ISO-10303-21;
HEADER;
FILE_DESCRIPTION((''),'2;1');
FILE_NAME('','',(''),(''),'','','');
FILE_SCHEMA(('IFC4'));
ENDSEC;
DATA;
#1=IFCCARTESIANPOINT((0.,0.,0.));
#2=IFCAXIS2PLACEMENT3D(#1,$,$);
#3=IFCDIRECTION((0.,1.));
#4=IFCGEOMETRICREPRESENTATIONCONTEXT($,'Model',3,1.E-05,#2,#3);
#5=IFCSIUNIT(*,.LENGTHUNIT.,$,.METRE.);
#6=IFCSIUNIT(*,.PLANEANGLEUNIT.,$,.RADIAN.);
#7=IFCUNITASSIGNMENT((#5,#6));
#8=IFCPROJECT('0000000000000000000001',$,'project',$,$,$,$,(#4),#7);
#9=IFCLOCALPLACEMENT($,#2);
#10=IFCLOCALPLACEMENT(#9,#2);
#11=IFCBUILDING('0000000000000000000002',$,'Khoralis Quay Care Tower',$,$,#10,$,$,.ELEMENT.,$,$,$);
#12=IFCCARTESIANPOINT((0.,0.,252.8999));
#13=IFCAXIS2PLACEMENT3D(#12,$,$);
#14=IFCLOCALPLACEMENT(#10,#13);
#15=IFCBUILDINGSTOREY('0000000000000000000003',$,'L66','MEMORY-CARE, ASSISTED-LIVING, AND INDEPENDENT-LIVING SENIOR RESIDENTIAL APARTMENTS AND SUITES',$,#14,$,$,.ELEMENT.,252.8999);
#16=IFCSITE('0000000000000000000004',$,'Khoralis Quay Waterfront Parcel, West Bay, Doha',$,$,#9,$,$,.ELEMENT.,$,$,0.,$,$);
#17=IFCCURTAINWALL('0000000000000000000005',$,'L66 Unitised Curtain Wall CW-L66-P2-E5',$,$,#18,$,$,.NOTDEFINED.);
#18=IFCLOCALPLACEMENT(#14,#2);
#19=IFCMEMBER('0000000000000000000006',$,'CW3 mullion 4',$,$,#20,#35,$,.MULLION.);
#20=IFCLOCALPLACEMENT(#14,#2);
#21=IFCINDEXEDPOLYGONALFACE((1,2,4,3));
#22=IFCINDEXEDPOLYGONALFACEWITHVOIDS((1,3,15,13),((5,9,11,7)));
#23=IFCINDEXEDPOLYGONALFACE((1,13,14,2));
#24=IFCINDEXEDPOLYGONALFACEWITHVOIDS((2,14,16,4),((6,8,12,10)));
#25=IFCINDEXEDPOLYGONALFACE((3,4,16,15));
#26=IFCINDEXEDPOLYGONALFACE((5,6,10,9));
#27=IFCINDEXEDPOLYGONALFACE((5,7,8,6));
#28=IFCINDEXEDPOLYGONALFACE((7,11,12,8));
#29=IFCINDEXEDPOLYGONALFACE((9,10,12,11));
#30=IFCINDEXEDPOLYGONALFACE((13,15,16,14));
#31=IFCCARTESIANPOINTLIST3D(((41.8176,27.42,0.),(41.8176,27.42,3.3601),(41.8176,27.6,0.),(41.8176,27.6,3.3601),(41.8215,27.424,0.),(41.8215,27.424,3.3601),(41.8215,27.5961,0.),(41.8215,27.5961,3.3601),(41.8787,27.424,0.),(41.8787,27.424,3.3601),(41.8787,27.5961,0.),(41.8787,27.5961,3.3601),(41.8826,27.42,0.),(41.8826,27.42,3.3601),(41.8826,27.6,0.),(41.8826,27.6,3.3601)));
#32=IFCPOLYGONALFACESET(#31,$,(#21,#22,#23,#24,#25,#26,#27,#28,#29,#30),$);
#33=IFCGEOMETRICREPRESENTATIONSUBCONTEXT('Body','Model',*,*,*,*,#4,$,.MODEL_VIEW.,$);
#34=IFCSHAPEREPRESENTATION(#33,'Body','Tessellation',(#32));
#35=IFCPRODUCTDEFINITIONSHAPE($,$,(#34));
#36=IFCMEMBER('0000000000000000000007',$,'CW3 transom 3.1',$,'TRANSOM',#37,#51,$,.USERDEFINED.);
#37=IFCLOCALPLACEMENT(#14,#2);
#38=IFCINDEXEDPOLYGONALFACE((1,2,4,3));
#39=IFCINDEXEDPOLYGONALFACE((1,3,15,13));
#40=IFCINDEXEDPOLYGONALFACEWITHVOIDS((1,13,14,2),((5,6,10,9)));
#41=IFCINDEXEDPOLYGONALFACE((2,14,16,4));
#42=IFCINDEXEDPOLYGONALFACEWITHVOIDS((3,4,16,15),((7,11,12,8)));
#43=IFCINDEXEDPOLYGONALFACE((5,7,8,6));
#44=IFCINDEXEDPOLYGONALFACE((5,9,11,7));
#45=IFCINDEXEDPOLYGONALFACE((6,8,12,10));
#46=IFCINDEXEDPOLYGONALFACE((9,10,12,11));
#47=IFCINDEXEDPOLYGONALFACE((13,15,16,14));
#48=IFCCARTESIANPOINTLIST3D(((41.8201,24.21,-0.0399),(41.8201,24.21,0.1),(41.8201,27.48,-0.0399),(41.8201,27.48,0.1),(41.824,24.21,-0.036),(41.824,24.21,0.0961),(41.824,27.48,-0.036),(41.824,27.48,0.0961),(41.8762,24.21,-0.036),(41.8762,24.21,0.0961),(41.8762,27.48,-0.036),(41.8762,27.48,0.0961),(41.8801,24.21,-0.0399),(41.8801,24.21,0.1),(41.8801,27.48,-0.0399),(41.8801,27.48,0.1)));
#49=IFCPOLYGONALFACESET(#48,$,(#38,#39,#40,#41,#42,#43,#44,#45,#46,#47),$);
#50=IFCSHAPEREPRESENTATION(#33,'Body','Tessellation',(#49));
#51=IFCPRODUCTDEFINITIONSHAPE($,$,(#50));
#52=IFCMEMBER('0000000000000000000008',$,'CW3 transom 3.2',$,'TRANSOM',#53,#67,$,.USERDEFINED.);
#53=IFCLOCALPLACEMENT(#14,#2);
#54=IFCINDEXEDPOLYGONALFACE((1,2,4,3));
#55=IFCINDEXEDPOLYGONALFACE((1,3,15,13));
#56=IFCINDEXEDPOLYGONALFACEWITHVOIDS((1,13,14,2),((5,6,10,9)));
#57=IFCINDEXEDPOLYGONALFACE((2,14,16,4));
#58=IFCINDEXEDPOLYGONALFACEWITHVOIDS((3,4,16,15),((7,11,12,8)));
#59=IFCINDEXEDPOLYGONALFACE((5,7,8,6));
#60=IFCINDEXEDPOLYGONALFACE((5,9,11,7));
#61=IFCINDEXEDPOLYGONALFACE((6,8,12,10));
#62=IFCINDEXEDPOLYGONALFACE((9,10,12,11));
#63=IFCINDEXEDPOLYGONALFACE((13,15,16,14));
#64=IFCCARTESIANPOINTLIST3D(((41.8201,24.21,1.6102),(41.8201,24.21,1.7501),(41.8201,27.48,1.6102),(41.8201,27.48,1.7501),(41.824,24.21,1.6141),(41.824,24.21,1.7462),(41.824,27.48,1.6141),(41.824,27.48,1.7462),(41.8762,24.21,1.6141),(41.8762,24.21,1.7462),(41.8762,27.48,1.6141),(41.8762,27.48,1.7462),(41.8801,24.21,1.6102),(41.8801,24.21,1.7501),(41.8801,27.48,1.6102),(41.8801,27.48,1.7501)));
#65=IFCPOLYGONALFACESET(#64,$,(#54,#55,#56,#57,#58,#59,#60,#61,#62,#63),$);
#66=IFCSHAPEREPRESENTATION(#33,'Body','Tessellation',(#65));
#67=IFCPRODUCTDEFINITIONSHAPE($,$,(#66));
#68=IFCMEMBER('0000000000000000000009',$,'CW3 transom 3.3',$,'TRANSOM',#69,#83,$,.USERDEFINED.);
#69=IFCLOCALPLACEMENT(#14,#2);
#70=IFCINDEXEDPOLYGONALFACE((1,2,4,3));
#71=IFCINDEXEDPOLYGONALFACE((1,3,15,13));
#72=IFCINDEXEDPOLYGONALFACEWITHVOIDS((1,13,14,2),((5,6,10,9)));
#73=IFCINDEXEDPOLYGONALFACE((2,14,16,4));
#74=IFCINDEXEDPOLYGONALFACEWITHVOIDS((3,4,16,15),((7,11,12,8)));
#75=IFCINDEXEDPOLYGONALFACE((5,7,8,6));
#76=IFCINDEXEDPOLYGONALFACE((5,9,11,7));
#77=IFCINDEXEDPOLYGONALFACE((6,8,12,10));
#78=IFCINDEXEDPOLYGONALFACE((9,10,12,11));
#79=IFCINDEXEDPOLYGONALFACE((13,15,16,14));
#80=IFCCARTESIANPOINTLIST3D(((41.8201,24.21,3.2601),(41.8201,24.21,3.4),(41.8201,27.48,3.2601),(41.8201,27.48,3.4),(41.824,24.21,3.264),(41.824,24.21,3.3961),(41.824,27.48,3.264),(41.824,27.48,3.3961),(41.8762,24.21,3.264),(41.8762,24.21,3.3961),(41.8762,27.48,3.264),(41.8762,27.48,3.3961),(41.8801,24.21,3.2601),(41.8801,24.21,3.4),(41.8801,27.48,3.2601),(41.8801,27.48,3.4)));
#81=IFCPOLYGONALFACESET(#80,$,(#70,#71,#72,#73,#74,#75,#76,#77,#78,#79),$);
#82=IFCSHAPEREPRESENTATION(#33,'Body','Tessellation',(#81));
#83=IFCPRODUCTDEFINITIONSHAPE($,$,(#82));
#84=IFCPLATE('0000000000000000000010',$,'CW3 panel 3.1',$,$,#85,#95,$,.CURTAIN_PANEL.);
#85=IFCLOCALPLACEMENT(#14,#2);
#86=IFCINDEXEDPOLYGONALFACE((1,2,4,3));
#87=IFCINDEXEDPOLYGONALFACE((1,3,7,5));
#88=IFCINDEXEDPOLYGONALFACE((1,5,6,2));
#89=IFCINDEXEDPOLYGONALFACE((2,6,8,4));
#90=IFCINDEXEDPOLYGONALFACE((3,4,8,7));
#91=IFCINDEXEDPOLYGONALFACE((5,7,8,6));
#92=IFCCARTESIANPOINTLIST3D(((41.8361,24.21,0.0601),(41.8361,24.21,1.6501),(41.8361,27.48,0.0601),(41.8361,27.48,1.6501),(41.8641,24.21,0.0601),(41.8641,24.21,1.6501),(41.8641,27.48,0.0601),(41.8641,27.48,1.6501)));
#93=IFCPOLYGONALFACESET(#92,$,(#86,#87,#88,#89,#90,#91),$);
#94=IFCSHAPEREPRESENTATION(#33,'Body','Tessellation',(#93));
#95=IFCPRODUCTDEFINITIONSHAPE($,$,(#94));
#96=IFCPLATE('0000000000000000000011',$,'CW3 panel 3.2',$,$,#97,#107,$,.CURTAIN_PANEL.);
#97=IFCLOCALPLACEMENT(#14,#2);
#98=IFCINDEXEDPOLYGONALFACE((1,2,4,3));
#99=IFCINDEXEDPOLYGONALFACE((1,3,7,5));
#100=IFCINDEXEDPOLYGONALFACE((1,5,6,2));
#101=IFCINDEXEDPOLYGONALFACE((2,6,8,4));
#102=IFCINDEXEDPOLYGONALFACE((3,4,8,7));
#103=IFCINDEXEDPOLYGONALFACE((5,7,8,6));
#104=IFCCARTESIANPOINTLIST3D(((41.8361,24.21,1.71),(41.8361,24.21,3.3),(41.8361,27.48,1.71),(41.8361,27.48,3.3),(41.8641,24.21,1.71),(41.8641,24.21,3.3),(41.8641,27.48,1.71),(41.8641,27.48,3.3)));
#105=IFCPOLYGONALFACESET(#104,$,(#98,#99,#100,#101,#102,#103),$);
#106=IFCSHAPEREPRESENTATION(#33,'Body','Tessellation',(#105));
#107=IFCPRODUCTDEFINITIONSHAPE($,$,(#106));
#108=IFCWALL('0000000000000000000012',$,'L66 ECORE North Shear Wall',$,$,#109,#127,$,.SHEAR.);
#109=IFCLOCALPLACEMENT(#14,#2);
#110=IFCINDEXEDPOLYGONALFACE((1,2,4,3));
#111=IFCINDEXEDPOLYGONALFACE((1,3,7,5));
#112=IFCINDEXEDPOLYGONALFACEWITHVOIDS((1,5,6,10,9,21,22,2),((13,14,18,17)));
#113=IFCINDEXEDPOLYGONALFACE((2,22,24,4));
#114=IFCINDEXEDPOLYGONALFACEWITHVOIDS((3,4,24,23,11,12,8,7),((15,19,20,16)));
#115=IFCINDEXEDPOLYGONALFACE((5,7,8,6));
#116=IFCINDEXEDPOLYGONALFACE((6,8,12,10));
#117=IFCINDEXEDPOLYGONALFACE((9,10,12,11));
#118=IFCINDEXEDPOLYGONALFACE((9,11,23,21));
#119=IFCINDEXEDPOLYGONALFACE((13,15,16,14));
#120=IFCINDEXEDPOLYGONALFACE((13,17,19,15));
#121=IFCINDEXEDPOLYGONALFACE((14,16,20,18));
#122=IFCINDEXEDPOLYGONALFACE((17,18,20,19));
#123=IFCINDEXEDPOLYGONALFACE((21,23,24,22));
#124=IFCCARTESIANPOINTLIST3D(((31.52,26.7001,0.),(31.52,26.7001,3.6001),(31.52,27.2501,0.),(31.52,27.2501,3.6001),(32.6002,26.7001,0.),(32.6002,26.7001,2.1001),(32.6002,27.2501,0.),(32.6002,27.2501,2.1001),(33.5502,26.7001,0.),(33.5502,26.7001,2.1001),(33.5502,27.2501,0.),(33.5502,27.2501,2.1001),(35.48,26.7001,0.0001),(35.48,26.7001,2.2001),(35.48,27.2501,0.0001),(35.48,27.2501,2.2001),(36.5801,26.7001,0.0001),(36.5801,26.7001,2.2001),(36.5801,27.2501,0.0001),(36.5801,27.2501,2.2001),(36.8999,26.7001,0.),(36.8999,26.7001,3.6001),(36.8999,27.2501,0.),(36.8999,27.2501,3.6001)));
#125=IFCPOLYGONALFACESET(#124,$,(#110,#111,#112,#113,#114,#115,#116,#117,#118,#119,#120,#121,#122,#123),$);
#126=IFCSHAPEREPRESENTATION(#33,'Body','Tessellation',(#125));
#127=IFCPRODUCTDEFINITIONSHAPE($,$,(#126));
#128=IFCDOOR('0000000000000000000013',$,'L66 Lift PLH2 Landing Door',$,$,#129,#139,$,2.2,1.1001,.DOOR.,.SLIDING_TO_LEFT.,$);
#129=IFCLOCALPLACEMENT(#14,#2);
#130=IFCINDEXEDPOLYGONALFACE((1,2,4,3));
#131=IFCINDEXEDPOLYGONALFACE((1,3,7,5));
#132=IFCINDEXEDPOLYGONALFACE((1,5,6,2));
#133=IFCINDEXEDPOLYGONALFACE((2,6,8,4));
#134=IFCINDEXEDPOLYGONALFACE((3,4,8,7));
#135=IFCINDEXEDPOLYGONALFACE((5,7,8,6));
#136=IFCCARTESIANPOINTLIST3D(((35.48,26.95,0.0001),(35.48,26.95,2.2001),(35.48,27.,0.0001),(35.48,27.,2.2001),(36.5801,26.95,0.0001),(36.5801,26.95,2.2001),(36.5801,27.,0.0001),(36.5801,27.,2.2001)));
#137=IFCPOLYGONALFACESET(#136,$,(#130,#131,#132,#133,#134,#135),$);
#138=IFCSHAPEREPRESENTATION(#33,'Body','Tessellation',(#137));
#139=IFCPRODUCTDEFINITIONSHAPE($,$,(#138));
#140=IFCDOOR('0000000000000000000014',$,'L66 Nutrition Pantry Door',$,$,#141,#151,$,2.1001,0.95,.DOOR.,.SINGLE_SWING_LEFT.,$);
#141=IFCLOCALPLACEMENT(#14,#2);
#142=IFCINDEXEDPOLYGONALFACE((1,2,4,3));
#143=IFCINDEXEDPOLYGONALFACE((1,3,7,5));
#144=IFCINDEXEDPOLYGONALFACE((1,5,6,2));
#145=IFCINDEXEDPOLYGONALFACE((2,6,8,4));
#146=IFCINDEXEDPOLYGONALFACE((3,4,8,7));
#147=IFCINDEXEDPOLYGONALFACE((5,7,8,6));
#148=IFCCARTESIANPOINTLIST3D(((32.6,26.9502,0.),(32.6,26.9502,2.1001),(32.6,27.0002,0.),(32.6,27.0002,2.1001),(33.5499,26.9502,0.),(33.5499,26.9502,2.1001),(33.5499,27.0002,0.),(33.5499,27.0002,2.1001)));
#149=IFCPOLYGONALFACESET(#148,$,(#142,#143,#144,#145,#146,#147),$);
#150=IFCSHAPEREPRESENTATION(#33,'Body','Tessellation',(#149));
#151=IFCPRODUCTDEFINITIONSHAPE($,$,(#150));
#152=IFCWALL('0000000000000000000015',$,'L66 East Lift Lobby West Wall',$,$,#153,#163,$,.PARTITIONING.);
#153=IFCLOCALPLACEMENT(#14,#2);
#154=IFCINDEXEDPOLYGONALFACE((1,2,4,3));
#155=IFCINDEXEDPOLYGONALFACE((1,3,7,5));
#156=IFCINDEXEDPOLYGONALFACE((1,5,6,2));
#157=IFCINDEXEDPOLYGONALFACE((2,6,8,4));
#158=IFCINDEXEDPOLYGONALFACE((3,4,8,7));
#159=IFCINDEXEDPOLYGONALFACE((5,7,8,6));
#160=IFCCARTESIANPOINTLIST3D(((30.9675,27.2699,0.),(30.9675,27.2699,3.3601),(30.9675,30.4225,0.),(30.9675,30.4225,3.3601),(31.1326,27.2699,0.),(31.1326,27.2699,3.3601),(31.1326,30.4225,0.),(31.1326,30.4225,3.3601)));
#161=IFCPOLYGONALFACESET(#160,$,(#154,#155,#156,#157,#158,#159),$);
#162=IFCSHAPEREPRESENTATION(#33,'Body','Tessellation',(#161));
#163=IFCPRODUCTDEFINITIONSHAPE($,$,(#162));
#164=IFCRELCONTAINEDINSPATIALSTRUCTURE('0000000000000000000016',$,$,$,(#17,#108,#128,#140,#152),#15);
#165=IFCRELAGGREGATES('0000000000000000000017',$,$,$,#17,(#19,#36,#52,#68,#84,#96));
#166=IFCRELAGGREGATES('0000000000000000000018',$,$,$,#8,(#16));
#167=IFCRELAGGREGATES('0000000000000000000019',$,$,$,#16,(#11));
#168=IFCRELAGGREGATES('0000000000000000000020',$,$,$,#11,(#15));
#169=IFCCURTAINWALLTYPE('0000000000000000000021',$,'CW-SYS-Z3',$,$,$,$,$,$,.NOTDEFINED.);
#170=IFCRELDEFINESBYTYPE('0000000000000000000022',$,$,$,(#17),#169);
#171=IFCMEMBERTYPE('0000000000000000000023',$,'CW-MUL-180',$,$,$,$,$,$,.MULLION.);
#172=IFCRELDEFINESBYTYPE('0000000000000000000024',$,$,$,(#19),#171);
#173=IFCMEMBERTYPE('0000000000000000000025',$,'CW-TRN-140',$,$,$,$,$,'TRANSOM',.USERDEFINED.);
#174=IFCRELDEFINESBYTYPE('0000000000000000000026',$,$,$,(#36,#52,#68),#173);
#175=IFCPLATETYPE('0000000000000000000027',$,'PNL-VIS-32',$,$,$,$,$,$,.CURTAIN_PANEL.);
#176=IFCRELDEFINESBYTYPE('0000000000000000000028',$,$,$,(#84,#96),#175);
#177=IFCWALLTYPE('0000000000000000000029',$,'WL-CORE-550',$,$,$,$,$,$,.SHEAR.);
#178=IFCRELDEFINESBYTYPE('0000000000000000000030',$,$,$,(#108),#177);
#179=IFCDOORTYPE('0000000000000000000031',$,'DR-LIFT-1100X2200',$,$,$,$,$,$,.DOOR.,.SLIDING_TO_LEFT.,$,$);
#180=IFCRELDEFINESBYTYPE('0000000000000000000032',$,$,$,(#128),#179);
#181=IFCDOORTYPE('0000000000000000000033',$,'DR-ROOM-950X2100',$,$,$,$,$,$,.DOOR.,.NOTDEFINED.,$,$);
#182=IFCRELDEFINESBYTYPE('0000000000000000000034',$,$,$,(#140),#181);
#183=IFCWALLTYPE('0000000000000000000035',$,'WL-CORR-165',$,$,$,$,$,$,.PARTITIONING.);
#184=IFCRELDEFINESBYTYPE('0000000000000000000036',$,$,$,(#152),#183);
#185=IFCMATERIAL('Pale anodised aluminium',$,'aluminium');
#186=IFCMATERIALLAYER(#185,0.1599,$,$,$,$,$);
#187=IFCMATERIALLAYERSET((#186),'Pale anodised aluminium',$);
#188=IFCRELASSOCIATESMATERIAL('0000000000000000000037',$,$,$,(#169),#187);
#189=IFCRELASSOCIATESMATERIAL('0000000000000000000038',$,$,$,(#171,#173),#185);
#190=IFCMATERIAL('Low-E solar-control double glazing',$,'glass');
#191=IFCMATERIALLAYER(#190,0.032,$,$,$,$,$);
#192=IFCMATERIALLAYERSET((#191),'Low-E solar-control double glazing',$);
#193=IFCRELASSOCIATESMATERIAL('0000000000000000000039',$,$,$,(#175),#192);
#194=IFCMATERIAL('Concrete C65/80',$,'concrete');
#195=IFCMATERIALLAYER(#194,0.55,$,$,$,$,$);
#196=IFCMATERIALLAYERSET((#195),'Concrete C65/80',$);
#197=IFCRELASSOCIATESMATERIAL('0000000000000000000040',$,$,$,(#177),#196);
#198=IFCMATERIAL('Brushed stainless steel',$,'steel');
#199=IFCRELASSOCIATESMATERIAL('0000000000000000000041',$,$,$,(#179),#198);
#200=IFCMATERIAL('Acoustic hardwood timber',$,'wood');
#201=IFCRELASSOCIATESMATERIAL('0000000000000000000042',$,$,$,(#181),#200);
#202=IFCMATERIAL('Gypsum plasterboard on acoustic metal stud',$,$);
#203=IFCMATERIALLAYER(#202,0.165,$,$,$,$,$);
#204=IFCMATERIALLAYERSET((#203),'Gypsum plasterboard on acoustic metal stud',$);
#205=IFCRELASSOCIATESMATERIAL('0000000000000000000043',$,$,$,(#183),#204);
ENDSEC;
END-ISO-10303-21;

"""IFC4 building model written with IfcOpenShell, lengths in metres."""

from ifc_helpers import new_model, si_unit, direction, frame, frame_2d, origin, origin_2d, place, context, subcontext, project, spatial, rectangle, hollow_rectangle, extrude, source, transform, mapped, material, layer, layer_set, material_profile, profile_set, type_object, element, fill, aggregate, save


model = new_model("IFC4")

# Units and contexts
model_context = context("Model", 3, precision=1e-05, world=origin(), true_north=direction((0.0, 1.0)))
body_context = subcontext(model_context, "Body", "Model", "MODEL_VIEW")
ifc_project = project(units=[si_unit("LENGTHUNIT", "METRE"), si_unit("PLANEANGLEUNIT", "RADIAN")], contexts=[model_context])

# Site, building, storey
site_placement = place(None, origin())
site = spatial("IfcSite", under=ifc_project, at=site_placement, Name="Khoralis Quay Waterfront Parcel, West Bay, Doha", CompositionType="ELEMENT", RefElevation=0.0)
building_placement = place(site_placement, origin())
building = spatial("IfcBuilding", under=site, at=building_placement, Name="Khoralis Quay Care Tower", CompositionType="ELEMENT")
storey_placement = place(building_placement, frame((0.0, 0.0, 252.8999)))
storey = spatial("IfcBuildingStorey", under=building, at=storey_placement, Name="L66", Description="MEMORY-CARE, ASSISTED-LIVING, AND INDEPENDENT-LIVING SENIOR RESIDENTIAL APARTMENTS AND SUITES", CompositionType="ELEMENT", Elevation=252.8999)

# Curtain wall, members, plates
ifc_material_1 = material(Name="Pale anodised aluminium", Category="aluminium")
ifc_layer_1 = layer(ifc_material_1, 0.1599)
ifc_layer_set_1 = layer_set([ifc_layer_1], Name="Pale anodised aluminium")
curtain_wall_type = type_object("IfcCurtainWallType", Name="CW-SYS-Z3", PredefinedType="NOTDEFINED", material=ifc_layer_set_1)
curtain_wall_placement = place(storey_placement, origin())
curtain_wall = element("IfcCurtainWall", 1, at=curtain_wall_placement, inside=storey, type_object=curtain_wall_type, Name="L66 Unitised Curtain Wall CW-L66-P2-E5", PredefinedType="NOTDEFINED")
ifc_material_profile_1 = material_profile(ifc_material_1, hollow_rectangle(XDim=0.0649, YDim=0.1799, WallThickness=0.0039, at=origin_2d()), Name="Pale anodised aluminium")
ifc_profile_set_1 = profile_set([ifc_material_profile_1], Name="Pale anodised aluminium")
member_type_1 = type_object("IfcMemberType", Name="CW-MUL-180", PredefinedType="MULLION", material=ifc_profile_set_1)
shared_shape_1 = source(origin(), body_context, "Body", "SweptSolid", [
    extrude(hollow_rectangle(XDim=0.0649, YDim=0.1799, WallThickness=0.0039, at=origin_2d()), origin(), (0.0, 0.0, 1.0), 3.3601),
])
member_1_placement = place(storey_placement, frame((41.8501, 27.51, 0.0), z_axis=(0.0, 0.0, 1.0), x_axis=(-1.0, 0.0, 0.0)))
member_1 = element("IfcMember", 2, at=member_1_placement, type_object=member_type_1, Name="CW3 mullion 4", PredefinedType="MULLION", context=body_context, shape_type="MappedRepresentation", body=[
    mapped(shared_shape_1, transform((0.0, 0.0, 0.0), scale=1.0)),
])
ifc_material_profile_2 = material_profile(ifc_material_1, hollow_rectangle(XDim=0.0601, YDim=0.1399, WallThickness=0.0039, at=origin_2d()), Name="Pale anodised aluminium")
ifc_profile_set_2 = profile_set([ifc_material_profile_2], Name="Pale anodised aluminium")
member_type_2 = type_object("IfcMemberType", Name="CW-TRN-140", ElementType="TRANSOM", PredefinedType="USERDEFINED", material=ifc_profile_set_2)
shared_shape_2 = source(origin(), body_context, "Body", "SweptSolid", [
    extrude(hollow_rectangle(XDim=0.0601, YDim=0.1399, WallThickness=0.0039, at=origin_2d()), origin(), (0.0, 0.0, 1.0), 3.27),
])
member_2_placement = place(storey_placement, frame((41.8501, 24.21, 0.03), z_axis=(0.0, 1.0, 0.0), x_axis=(-1.0, 0.0, 0.0)))
member_2 = element("IfcMember", 3, at=member_2_placement, type_object=member_type_2, Name="CW3 transom 3.1", ObjectType="TRANSOM", PredefinedType="USERDEFINED", context=body_context, shape_type="MappedRepresentation", body=[
    mapped(shared_shape_2, transform((0.0, 0.0, 0.0), scale=1.0)),
])
member_3_placement = place(storey_placement, frame((41.8501, 24.21, 1.6802), z_axis=(0.0, 1.0, 0.0), x_axis=(-1.0, 0.0, 0.0)))
member_3 = element("IfcMember", 4, at=member_3_placement, type_object=member_type_2, Name="CW3 transom 3.2", ObjectType="TRANSOM", PredefinedType="USERDEFINED", context=body_context, shape_type="MappedRepresentation", body=[
    mapped(shared_shape_2, transform((0.0, 0.0, 0.0), scale=1.0)),
])
member_4_placement = place(storey_placement, frame((41.8501, 24.21, 3.3301), z_axis=(0.0, 1.0, 0.0), x_axis=(-1.0, 0.0, 0.0)))
member_4 = element("IfcMember", 5, at=member_4_placement, type_object=member_type_2, Name="CW3 transom 3.3", ObjectType="TRANSOM", PredefinedType="USERDEFINED", context=body_context, shape_type="MappedRepresentation", body=[
    mapped(shared_shape_2, transform((0.0, 0.0, 0.0), scale=1.0)),
])
ifc_material_2 = material(Name="Low-E solar-control double glazing", Category="glass")
ifc_layer_2 = layer(ifc_material_2, 0.032)
ifc_layer_set_2 = layer_set([ifc_layer_2], Name="Low-E solar-control double glazing")
plate_type = type_object("IfcPlateType", Name="PNL-VIS-32", PredefinedType="CURTAIN_PANEL", material=ifc_layer_set_2)
shared_shape_3 = source(origin(), body_context, "Body", "SweptSolid", [
    extrude(rectangle(XDim=3.27, YDim=0.0281, at=origin_2d()), origin(), (0.0, 0.0, 1.0), 1.5901),
])
plate_1_placement = place(storey_placement, frame((41.8501, 25.845, 0.0601), z_axis=(0.0, 0.0, 1.0), x_axis=(0.0, 1.0, 0.0)))
plate_1 = element("IfcPlate", 6, at=plate_1_placement, type_object=plate_type, Name="CW3 panel 3.1", PredefinedType="CURTAIN_PANEL", context=body_context, shape_type="MappedRepresentation", body=[
    mapped(shared_shape_3, transform((0.0, 0.0, 0.0), scale=1.0)),
])
plate_2_placement = place(storey_placement, frame((41.8501, 25.845, 1.71), z_axis=(0.0, 0.0, 1.0), x_axis=(0.0, 1.0, 0.0)))
plate_2 = element("IfcPlate", 7, at=plate_2_placement, type_object=plate_type, Name="CW3 panel 3.2", PredefinedType="CURTAIN_PANEL", context=body_context, shape_type="MappedRepresentation", body=[
    mapped(shared_shape_3, transform((0.0, 0.0, 0.0), scale=1.0)),
])
aggregate(curtain_wall, [member_1, member_2, member_3, member_4, plate_1, plate_2])

# Wall, openings, doors
ifc_material_3 = material(Name="Concrete C65/80", Category="concrete")
ifc_layer_3 = layer(ifc_material_3, 0.55)
ifc_layer_set_3 = layer_set([ifc_layer_3], Name="Concrete C65/80")
wall_type_1 = type_object("IfcWallType", Name="WL-CORE-550", PredefinedType="SHEAR", material=ifc_layer_set_3)
wall_1_placement = place(storey_placement, frame((31.52, 26.9751, 0.0), z_axis=(0.0, 0.0, 1.0), x_axis=(1.0, 0.0, 0.0)))
wall_1 = element("IfcWall", 8, at=wall_1_placement, inside=storey, type_object=wall_type_1, Name="L66 ECORE North Shear Wall", PredefinedType="SHEAR", context=body_context, shape_type="SweptSolid", body=[
    extrude(rectangle(XDim=5.3799, YDim=0.55, at=frame_2d((2.6899, 0.0))), origin(), (0.0, 0.0, 1.0), 3.6001),
])
opening_1_placement = place(wall_1_placement, frame((1.0801, 0.0, 0.0)))
opening_1 = element("IfcOpeningElement", 9, at=opening_1_placement, cuts=wall_1, PredefinedType="OPENING", context=body_context, shape_type="SweptSolid", body=[
    extrude(rectangle(XDim=0.95, YDim=2.1001, at=frame_2d((0.4751, 1.05))), frame((0.0, 0.2852, 0.0), z_axis=(0.0, -1.0, 0.0), x_axis=(1.0, 0.0, 0.0)), (0.0, 0.0, 1.0), 0.5701),
])
opening_2_placement = place(wall_1_placement, frame((3.96, 0.0, 0.0)))
opening_2 = element("IfcOpeningElement", 10, at=opening_2_placement, cuts=wall_1, PredefinedType="OPENING", context=body_context, shape_type="SweptSolid", body=[
    extrude(rectangle(XDim=1.1001, YDim=2.2, at=frame_2d((0.55, 1.1001))), frame((0.0, 0.2852, 0.0), z_axis=(0.0, -1.0, 0.0), x_axis=(1.0, 0.0, 0.0)), (0.0, 0.0, 1.0), 0.5701),
])
ifc_material_4 = material(Name="Brushed stainless steel", Category="steel")
door_type_1 = type_object("IfcDoorType", Name="DR-LIFT-1100X2200", OperationType="SLIDING_TO_LEFT", PredefinedType="DOOR", material=ifc_material_4)
shared_shape_4 = source(origin(), body_context, "Body", "SweptSolid", [
    extrude(rectangle(XDim=1.1001, YDim=2.2, at=frame_2d((0.55, 1.1001))), frame((0.0, 0.0249, 0.0), z_axis=(0.0, -1.0, 0.0), x_axis=(1.0, 0.0, 0.0)), (0.0, 0.0, 1.0), 0.05),
])
door_1_placement = place(opening_2_placement, origin())
door_1 = element("IfcDoor", 11, at=door_1_placement, inside=storey, type_object=door_type_1, Name="L66 Lift PLH2 Landing Door", OperationType="SLIDING_TO_LEFT", OverallHeight=2.2, OverallWidth=1.1001, PredefinedType="DOOR", context=body_context, shape_type="MappedRepresentation", body=[
    mapped(shared_shape_4, transform((0.0, 0.0, 0.0), scale=1.0)),
])
fill(opening_2, door_1)
ifc_material_5 = material(Name="Acoustic hardwood timber", Category="wood")
door_type_2 = type_object("IfcDoorType", Name="DR-ROOM-950X2100", OperationType="NOTDEFINED", PredefinedType="DOOR", material=ifc_material_5)
shared_shape_5 = source(origin(), body_context, "Body", "SweptSolid", [
    extrude(rectangle(XDim=0.95, YDim=2.1001, at=frame_2d((0.4751, 1.05))), frame((0.0, 0.0249, 0.0), z_axis=(0.0, -1.0, 0.0), x_axis=(1.0, 0.0, 0.0)), (0.0, 0.0, 1.0), 0.05),
])
door_2_placement = place(opening_1_placement, frame((0.95, 0.0, 0.0), z_axis=(0.0, 0.0, 1.0), x_axis=(-1.0, 0.0, 0.0)))
door_2 = element("IfcDoor", 12, at=door_2_placement, inside=storey, type_object=door_type_2, Name="L66 Nutrition Pantry Door", OperationType="SINGLE_SWING_LEFT", OverallHeight=2.1001, OverallWidth=0.95, PredefinedType="DOOR", context=body_context, shape_type="MappedRepresentation", body=[
    mapped(shared_shape_5, transform((0.0, 0.0, 0.0), scale=1.0)),
])
fill(opening_1, door_2)

# Wall
ifc_material_6 = material(Name="Gypsum plasterboard on acoustic metal stud")
ifc_layer_4 = layer(ifc_material_6, 0.165)
ifc_layer_set_4 = layer_set([ifc_layer_4], Name="Gypsum plasterboard on acoustic metal stud")
wall_type_2 = type_object("IfcWallType", Name="WL-CORR-165", PredefinedType="PARTITIONING", material=ifc_layer_set_4)
for number, where, z_axis, x_axis, name in (
    (13, (31.05, 27.27, 0.0), (0.0, 0.0, 1.0), (0.0, 1.0, 0.0), "L66 East Lift Lobby West Wall"),
):
    element("IfcWall", number, at=place(storey_placement, frame(where, z_axis=z_axis, x_axis=x_axis)), inside=storey, type_object=wall_type_2, Name=name, PredefinedType="PARTITIONING", context=body_context, shape_type="SweptSolid", body=[
        extrude(rectangle(XDim=3.1526, YDim=0.165, at=frame_2d((1.5762, 0.0))), origin(), (0.0, 0.0, 1.0), 3.3601),
    ])

save(model, "model.ifc")
